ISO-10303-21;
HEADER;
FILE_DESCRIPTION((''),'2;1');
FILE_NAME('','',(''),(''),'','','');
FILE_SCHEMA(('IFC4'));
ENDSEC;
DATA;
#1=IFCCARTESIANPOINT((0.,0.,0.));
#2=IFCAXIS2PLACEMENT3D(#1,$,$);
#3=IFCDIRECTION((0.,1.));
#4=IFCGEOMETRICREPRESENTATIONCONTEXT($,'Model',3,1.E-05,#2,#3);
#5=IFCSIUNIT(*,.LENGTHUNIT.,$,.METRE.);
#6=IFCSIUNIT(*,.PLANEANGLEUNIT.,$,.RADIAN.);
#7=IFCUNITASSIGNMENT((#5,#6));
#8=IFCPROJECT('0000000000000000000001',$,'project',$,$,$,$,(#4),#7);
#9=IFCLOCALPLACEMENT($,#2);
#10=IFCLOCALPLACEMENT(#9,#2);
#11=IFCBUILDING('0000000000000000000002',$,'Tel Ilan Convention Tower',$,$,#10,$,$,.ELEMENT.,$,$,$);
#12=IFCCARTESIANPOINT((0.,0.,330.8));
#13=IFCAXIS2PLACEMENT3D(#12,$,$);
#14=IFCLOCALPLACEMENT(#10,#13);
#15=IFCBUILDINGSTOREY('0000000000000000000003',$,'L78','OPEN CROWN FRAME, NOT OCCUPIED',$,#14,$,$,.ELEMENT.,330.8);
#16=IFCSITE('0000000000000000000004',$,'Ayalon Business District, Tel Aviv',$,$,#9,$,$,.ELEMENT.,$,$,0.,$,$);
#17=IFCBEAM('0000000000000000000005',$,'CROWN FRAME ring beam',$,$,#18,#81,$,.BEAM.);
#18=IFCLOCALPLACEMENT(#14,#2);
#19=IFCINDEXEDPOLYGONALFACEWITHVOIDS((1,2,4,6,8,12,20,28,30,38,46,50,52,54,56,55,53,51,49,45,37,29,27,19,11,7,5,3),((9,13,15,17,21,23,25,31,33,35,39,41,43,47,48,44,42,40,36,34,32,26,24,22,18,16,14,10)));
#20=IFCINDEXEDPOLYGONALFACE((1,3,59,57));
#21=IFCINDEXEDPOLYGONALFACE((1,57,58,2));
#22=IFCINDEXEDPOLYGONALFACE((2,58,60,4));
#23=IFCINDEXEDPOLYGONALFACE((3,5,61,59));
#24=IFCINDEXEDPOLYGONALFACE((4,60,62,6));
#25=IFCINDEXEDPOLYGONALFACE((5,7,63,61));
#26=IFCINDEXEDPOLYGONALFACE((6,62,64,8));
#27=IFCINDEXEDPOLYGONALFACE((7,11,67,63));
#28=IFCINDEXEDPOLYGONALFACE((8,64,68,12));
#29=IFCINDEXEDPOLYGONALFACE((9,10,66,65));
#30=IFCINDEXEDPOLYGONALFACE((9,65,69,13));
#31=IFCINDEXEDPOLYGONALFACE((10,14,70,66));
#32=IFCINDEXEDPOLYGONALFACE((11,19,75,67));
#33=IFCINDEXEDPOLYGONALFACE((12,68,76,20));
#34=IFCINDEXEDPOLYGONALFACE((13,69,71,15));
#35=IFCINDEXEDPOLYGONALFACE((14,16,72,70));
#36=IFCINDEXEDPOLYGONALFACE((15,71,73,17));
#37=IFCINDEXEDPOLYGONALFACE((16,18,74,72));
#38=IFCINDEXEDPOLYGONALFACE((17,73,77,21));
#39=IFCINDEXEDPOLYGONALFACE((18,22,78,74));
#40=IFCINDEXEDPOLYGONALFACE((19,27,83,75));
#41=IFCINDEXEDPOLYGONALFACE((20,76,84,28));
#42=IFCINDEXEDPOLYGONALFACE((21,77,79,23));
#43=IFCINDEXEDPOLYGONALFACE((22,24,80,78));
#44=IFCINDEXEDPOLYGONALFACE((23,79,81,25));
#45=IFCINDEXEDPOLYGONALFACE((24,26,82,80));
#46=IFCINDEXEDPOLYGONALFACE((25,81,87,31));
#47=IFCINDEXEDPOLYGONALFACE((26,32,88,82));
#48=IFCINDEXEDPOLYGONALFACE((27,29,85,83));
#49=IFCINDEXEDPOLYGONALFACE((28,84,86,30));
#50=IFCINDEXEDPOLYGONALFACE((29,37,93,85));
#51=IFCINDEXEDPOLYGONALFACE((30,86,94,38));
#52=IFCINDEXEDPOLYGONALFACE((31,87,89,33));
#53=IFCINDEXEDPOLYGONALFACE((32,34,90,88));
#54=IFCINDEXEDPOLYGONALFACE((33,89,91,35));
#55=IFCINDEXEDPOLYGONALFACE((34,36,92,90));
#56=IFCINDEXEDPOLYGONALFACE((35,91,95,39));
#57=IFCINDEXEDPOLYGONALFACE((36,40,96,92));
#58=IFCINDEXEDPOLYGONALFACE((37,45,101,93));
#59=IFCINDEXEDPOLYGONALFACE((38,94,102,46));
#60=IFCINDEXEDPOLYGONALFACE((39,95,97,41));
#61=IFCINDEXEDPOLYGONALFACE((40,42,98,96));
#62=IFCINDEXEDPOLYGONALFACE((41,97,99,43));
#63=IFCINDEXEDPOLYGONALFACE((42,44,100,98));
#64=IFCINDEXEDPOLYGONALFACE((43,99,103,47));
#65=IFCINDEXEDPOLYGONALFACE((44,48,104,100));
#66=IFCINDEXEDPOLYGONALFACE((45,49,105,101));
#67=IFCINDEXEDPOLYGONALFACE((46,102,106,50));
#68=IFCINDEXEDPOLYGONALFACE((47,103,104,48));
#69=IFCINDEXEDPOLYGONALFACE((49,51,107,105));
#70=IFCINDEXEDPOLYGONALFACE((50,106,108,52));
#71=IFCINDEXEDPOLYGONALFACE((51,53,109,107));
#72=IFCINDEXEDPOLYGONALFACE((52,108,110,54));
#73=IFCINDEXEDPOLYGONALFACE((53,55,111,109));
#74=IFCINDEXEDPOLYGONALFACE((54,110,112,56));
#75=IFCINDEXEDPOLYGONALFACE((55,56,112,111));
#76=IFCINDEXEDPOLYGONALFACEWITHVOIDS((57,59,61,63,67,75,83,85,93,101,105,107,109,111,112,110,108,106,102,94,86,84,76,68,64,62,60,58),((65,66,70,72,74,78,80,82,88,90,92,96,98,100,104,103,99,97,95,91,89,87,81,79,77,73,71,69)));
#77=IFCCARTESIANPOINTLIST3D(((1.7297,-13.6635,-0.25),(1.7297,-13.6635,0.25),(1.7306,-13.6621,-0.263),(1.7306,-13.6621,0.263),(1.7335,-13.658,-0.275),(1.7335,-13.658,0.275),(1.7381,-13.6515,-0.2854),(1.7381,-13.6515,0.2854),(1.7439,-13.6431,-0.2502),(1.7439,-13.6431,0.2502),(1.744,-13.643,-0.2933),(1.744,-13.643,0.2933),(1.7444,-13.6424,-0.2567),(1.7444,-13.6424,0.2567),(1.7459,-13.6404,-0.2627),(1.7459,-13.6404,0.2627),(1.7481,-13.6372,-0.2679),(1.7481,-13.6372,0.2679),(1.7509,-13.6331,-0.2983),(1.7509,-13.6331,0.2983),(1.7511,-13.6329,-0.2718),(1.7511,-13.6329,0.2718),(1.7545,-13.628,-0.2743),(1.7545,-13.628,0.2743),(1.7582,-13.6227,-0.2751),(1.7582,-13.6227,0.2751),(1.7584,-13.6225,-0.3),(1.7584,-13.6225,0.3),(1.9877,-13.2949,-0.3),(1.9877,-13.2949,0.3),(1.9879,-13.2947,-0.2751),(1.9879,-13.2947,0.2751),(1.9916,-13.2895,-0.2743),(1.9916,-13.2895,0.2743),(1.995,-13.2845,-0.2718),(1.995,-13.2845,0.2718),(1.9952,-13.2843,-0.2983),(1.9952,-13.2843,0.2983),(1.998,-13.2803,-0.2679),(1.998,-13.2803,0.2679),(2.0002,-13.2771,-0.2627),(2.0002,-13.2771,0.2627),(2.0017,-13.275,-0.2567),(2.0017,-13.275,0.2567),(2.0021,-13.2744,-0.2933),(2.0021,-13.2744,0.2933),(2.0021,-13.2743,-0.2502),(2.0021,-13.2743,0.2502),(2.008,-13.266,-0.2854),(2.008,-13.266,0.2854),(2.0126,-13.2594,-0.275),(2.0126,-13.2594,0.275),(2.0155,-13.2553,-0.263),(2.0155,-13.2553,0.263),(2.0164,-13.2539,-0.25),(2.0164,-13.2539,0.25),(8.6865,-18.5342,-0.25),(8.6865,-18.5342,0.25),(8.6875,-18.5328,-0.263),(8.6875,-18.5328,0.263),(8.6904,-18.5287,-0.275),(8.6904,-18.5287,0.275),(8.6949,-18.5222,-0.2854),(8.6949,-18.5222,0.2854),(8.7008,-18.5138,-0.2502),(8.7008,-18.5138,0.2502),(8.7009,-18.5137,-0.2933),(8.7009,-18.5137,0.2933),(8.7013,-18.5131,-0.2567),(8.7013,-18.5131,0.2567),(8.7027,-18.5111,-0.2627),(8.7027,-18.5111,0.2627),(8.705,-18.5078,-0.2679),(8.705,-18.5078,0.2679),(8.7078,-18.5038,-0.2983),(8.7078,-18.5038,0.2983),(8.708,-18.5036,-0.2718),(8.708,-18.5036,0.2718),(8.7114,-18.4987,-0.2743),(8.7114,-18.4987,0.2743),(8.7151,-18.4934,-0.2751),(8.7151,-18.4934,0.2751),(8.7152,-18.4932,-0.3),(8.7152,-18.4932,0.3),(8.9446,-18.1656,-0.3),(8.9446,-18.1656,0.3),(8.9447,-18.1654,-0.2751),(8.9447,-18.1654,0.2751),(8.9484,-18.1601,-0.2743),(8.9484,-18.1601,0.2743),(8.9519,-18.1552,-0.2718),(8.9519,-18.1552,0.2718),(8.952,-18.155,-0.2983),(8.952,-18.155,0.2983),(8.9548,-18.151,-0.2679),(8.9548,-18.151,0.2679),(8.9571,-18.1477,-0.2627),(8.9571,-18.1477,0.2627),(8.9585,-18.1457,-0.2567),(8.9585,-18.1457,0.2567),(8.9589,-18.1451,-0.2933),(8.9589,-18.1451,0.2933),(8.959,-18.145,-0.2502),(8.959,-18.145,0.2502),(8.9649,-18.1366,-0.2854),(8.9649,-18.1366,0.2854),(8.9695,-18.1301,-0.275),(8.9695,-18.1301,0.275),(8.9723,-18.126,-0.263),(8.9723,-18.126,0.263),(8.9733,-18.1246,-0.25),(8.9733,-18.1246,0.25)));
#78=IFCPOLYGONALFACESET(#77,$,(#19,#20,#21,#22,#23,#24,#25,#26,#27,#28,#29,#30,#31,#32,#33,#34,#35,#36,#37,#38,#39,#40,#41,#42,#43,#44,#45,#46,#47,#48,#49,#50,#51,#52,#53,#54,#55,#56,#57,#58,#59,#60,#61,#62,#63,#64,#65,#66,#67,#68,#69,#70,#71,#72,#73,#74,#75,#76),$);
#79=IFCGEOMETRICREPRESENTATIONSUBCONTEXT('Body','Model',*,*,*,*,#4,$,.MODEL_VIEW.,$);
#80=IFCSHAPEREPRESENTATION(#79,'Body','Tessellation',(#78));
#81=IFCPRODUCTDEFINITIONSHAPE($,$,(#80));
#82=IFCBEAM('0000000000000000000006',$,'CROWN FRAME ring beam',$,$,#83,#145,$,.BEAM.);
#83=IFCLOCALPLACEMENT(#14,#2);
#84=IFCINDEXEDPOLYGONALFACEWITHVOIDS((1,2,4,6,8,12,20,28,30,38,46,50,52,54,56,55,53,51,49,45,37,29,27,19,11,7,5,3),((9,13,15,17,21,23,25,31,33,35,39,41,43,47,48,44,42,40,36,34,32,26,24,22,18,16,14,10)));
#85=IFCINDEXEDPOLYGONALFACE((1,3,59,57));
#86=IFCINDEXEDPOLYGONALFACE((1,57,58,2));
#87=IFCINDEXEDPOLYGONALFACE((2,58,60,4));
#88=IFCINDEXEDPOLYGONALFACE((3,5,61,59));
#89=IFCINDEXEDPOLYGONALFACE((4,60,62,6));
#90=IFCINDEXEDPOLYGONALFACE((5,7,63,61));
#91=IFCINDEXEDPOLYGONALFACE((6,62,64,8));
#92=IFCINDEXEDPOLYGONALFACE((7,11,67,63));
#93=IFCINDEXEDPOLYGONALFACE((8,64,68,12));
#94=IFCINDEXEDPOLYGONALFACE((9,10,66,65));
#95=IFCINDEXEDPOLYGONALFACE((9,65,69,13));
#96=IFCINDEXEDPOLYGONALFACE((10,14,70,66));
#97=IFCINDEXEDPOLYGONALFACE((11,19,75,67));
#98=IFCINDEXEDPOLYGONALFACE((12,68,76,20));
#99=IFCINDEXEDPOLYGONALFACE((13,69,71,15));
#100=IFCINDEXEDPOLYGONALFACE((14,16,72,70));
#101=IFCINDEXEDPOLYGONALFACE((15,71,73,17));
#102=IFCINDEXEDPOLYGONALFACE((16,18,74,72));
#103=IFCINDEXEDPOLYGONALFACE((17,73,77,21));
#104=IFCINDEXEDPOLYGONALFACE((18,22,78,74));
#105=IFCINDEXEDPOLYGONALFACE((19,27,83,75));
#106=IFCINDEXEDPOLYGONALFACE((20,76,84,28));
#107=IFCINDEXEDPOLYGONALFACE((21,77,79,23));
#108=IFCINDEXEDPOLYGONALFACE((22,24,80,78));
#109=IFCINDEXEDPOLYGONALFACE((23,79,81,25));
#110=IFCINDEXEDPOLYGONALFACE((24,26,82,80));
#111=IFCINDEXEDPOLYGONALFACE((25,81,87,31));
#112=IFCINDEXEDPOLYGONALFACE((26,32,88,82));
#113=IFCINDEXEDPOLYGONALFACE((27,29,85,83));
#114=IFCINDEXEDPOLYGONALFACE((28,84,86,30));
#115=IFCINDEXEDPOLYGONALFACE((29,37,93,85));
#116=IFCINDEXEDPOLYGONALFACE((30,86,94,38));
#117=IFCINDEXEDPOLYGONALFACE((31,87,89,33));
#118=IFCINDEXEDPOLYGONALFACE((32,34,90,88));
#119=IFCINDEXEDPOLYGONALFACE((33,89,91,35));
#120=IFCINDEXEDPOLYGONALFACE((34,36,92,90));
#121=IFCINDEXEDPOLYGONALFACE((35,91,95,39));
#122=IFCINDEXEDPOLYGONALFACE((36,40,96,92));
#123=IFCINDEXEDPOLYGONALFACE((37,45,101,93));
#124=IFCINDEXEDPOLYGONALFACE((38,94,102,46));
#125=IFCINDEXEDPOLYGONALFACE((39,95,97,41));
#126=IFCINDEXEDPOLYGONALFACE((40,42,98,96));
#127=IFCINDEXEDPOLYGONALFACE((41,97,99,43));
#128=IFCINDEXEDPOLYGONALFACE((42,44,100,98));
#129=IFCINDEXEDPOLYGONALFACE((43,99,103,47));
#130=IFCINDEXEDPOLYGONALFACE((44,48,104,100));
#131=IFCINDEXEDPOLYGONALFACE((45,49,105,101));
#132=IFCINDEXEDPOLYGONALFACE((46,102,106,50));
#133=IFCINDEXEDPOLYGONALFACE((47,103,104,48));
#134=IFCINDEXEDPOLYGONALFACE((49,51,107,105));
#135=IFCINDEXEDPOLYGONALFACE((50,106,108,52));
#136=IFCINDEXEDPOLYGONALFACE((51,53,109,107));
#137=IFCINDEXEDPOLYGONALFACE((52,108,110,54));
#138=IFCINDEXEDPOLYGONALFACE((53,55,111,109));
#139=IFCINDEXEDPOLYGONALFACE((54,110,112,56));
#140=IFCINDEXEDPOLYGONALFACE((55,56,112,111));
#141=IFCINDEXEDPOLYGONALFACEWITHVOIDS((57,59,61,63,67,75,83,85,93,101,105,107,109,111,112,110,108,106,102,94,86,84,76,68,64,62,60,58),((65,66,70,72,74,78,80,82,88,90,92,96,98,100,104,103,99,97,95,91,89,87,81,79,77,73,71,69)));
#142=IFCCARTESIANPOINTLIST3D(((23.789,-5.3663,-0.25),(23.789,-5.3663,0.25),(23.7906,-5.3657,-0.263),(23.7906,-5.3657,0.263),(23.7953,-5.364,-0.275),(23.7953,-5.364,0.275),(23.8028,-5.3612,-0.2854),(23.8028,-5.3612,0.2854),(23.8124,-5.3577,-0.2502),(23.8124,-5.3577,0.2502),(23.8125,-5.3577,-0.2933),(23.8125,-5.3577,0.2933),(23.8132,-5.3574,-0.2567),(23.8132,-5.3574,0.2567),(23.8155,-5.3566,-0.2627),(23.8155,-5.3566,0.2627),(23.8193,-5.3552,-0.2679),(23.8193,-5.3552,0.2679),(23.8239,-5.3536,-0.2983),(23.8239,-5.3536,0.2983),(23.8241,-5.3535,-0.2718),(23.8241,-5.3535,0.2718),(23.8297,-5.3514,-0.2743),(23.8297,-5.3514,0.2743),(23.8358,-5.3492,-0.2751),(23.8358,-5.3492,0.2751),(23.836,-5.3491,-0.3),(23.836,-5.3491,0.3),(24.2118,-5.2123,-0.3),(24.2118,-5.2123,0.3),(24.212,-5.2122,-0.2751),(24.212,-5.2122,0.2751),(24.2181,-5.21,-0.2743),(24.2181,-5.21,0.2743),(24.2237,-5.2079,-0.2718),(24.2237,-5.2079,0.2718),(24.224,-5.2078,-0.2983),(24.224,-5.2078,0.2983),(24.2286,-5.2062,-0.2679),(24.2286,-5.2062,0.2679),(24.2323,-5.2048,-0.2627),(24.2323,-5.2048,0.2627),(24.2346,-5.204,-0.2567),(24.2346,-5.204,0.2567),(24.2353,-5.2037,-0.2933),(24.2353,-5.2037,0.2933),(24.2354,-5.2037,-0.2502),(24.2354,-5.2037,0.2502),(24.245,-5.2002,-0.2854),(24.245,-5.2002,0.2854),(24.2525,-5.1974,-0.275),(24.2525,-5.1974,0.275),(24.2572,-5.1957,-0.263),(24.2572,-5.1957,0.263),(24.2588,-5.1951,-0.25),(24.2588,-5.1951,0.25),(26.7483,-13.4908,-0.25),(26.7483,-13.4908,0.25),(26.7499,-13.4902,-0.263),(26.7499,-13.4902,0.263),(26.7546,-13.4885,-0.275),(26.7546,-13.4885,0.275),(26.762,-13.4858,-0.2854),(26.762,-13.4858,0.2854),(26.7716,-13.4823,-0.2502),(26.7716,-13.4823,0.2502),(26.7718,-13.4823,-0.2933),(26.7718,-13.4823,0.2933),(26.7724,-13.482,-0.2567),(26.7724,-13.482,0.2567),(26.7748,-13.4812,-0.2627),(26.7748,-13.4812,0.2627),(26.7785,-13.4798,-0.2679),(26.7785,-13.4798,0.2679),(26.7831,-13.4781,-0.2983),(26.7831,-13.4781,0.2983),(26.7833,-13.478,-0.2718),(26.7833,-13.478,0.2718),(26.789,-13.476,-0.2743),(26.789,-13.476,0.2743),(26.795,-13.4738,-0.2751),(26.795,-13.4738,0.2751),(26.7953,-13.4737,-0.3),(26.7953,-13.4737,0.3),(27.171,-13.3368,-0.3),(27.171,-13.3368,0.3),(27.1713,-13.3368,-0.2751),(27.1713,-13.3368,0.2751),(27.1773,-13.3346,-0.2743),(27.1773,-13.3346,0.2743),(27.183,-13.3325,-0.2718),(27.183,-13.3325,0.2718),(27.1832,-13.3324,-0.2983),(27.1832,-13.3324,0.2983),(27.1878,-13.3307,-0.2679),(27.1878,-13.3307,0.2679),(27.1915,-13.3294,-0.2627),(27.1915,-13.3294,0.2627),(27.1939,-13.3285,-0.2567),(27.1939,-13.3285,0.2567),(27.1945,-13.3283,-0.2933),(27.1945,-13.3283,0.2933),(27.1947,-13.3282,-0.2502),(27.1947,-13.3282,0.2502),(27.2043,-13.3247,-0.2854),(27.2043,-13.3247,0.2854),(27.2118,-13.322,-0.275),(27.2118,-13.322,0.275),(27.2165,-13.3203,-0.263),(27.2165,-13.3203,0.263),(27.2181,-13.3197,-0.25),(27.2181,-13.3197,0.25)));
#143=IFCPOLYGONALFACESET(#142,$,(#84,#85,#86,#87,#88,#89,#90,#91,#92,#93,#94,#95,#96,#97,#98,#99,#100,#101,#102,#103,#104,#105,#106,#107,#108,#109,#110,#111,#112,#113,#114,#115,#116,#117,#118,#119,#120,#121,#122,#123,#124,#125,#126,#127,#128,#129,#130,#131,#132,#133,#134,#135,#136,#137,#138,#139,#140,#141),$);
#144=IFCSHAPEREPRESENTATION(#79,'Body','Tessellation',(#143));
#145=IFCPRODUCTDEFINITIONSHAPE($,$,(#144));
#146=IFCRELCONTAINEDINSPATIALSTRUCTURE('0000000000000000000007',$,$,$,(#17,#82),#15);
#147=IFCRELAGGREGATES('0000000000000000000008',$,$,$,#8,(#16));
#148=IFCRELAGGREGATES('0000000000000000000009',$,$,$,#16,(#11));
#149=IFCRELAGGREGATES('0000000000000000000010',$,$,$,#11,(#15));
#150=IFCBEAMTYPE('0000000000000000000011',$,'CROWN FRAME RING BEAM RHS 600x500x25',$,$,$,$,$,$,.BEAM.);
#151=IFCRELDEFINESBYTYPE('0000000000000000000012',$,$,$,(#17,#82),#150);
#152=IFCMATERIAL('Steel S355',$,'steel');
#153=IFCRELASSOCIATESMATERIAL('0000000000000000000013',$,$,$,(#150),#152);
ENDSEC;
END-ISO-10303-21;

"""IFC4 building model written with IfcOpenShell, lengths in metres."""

from ifc_helpers import new_model, si_unit, direction, frame, origin, origin_2d, place, context, subcontext, project, spatial, hollow_rectangle, extrude, material, material_profile, profile_set, type_object, element, save


model = new_model("IFC4")

# Units and contexts
model_context = context("Model", 3, precision=1e-05, world=origin(), true_north=direction((0.0, 1.0)))
body_context = subcontext(model_context, "Body", "Model", "MODEL_VIEW")
ifc_project = project(units=[si_unit("LENGTHUNIT", "METRE"), si_unit("PLANEANGLEUNIT", "RADIAN")], contexts=[model_context])

# Site, building, storey
site_placement = place(None, origin())
site = spatial("IfcSite", under=ifc_project, at=site_placement, Name="Ayalon Business District, Tel Aviv", CompositionType="ELEMENT", RefElevation=0.0)
building_placement = place(site_placement, origin())
building = spatial("IfcBuilding", under=site, at=building_placement, Name="Tel Ilan Convention Tower", CompositionType="ELEMENT")
storey_placement = place(building_placement, frame((0.0, 0.0, 330.8)))
storey = spatial("IfcBuildingStorey", under=building, at=storey_placement, Name="L78", Description="OPEN CROWN FRAME, NOT OCCUPIED", CompositionType="ELEMENT", Elevation=330.8)

# Beams
ifc_material_1 = material(Name="Steel S355", Category="steel")
ifc_material_profile_1 = material_profile(ifc_material_1, hollow_rectangle(XDim=0.5, YDim=0.6001, WallThickness=0.0249, InnerFilletRadius=0.0249, OuterFilletRadius=0.05, at=origin_2d()), Name="RHS 600x500x25")
ifc_profile_set_1 = profile_set([ifc_material_profile_1], Name="Steel S355")
beam_type = type_object("IfcBeamType", Name="CROWN FRAME RING BEAM RHS 600x500x25", PredefinedType="BEAM", material=ifc_profile_set_1)
beam_1_placement = place(storey_placement, frame((1.873, -13.4587, 0.0), z_axis=(0.819185, -0.57353, 0.0), x_axis=(0.57353, 0.819185, 0.0)))
element("IfcBeam", 1, at=beam_1_placement, inside=storey, type_object=beam_type, Name="CROWN FRAME ring beam", PredefinedType="BEAM", context=body_context, shape_type="SweptSolid", body=[
    extrude(hollow_rectangle(XDim=0.5, YDim=0.6001, WallThickness=0.0249, InnerFilletRadius=0.0249, OuterFilletRadius=0.05, at=origin_2d()), origin(), (0.0, 0.0, 1.0), 8.4924),
])
beam_2_placement = place(storey_placement, frame((26.9832, -13.4053, 0.0), z_axis=(-0.34224, 0.939613, 0.0), x_axis=(-0.939613, -0.34224, 0.0)))
element("IfcBeam", 2, at=beam_2_placement, inside=storey, type_object=beam_type, Name="CROWN FRAME ring beam", PredefinedType="BEAM", context=body_context, shape_type="SweptSolid", body=[
    extrude(hollow_rectangle(XDim=0.5, YDim=0.6001, WallThickness=0.0249, InnerFilletRadius=0.0249, OuterFilletRadius=0.05, at=origin_2d()), origin(), (0.0, 0.0, 1.0), 8.6467),
])

save(model, "model.ifc")
